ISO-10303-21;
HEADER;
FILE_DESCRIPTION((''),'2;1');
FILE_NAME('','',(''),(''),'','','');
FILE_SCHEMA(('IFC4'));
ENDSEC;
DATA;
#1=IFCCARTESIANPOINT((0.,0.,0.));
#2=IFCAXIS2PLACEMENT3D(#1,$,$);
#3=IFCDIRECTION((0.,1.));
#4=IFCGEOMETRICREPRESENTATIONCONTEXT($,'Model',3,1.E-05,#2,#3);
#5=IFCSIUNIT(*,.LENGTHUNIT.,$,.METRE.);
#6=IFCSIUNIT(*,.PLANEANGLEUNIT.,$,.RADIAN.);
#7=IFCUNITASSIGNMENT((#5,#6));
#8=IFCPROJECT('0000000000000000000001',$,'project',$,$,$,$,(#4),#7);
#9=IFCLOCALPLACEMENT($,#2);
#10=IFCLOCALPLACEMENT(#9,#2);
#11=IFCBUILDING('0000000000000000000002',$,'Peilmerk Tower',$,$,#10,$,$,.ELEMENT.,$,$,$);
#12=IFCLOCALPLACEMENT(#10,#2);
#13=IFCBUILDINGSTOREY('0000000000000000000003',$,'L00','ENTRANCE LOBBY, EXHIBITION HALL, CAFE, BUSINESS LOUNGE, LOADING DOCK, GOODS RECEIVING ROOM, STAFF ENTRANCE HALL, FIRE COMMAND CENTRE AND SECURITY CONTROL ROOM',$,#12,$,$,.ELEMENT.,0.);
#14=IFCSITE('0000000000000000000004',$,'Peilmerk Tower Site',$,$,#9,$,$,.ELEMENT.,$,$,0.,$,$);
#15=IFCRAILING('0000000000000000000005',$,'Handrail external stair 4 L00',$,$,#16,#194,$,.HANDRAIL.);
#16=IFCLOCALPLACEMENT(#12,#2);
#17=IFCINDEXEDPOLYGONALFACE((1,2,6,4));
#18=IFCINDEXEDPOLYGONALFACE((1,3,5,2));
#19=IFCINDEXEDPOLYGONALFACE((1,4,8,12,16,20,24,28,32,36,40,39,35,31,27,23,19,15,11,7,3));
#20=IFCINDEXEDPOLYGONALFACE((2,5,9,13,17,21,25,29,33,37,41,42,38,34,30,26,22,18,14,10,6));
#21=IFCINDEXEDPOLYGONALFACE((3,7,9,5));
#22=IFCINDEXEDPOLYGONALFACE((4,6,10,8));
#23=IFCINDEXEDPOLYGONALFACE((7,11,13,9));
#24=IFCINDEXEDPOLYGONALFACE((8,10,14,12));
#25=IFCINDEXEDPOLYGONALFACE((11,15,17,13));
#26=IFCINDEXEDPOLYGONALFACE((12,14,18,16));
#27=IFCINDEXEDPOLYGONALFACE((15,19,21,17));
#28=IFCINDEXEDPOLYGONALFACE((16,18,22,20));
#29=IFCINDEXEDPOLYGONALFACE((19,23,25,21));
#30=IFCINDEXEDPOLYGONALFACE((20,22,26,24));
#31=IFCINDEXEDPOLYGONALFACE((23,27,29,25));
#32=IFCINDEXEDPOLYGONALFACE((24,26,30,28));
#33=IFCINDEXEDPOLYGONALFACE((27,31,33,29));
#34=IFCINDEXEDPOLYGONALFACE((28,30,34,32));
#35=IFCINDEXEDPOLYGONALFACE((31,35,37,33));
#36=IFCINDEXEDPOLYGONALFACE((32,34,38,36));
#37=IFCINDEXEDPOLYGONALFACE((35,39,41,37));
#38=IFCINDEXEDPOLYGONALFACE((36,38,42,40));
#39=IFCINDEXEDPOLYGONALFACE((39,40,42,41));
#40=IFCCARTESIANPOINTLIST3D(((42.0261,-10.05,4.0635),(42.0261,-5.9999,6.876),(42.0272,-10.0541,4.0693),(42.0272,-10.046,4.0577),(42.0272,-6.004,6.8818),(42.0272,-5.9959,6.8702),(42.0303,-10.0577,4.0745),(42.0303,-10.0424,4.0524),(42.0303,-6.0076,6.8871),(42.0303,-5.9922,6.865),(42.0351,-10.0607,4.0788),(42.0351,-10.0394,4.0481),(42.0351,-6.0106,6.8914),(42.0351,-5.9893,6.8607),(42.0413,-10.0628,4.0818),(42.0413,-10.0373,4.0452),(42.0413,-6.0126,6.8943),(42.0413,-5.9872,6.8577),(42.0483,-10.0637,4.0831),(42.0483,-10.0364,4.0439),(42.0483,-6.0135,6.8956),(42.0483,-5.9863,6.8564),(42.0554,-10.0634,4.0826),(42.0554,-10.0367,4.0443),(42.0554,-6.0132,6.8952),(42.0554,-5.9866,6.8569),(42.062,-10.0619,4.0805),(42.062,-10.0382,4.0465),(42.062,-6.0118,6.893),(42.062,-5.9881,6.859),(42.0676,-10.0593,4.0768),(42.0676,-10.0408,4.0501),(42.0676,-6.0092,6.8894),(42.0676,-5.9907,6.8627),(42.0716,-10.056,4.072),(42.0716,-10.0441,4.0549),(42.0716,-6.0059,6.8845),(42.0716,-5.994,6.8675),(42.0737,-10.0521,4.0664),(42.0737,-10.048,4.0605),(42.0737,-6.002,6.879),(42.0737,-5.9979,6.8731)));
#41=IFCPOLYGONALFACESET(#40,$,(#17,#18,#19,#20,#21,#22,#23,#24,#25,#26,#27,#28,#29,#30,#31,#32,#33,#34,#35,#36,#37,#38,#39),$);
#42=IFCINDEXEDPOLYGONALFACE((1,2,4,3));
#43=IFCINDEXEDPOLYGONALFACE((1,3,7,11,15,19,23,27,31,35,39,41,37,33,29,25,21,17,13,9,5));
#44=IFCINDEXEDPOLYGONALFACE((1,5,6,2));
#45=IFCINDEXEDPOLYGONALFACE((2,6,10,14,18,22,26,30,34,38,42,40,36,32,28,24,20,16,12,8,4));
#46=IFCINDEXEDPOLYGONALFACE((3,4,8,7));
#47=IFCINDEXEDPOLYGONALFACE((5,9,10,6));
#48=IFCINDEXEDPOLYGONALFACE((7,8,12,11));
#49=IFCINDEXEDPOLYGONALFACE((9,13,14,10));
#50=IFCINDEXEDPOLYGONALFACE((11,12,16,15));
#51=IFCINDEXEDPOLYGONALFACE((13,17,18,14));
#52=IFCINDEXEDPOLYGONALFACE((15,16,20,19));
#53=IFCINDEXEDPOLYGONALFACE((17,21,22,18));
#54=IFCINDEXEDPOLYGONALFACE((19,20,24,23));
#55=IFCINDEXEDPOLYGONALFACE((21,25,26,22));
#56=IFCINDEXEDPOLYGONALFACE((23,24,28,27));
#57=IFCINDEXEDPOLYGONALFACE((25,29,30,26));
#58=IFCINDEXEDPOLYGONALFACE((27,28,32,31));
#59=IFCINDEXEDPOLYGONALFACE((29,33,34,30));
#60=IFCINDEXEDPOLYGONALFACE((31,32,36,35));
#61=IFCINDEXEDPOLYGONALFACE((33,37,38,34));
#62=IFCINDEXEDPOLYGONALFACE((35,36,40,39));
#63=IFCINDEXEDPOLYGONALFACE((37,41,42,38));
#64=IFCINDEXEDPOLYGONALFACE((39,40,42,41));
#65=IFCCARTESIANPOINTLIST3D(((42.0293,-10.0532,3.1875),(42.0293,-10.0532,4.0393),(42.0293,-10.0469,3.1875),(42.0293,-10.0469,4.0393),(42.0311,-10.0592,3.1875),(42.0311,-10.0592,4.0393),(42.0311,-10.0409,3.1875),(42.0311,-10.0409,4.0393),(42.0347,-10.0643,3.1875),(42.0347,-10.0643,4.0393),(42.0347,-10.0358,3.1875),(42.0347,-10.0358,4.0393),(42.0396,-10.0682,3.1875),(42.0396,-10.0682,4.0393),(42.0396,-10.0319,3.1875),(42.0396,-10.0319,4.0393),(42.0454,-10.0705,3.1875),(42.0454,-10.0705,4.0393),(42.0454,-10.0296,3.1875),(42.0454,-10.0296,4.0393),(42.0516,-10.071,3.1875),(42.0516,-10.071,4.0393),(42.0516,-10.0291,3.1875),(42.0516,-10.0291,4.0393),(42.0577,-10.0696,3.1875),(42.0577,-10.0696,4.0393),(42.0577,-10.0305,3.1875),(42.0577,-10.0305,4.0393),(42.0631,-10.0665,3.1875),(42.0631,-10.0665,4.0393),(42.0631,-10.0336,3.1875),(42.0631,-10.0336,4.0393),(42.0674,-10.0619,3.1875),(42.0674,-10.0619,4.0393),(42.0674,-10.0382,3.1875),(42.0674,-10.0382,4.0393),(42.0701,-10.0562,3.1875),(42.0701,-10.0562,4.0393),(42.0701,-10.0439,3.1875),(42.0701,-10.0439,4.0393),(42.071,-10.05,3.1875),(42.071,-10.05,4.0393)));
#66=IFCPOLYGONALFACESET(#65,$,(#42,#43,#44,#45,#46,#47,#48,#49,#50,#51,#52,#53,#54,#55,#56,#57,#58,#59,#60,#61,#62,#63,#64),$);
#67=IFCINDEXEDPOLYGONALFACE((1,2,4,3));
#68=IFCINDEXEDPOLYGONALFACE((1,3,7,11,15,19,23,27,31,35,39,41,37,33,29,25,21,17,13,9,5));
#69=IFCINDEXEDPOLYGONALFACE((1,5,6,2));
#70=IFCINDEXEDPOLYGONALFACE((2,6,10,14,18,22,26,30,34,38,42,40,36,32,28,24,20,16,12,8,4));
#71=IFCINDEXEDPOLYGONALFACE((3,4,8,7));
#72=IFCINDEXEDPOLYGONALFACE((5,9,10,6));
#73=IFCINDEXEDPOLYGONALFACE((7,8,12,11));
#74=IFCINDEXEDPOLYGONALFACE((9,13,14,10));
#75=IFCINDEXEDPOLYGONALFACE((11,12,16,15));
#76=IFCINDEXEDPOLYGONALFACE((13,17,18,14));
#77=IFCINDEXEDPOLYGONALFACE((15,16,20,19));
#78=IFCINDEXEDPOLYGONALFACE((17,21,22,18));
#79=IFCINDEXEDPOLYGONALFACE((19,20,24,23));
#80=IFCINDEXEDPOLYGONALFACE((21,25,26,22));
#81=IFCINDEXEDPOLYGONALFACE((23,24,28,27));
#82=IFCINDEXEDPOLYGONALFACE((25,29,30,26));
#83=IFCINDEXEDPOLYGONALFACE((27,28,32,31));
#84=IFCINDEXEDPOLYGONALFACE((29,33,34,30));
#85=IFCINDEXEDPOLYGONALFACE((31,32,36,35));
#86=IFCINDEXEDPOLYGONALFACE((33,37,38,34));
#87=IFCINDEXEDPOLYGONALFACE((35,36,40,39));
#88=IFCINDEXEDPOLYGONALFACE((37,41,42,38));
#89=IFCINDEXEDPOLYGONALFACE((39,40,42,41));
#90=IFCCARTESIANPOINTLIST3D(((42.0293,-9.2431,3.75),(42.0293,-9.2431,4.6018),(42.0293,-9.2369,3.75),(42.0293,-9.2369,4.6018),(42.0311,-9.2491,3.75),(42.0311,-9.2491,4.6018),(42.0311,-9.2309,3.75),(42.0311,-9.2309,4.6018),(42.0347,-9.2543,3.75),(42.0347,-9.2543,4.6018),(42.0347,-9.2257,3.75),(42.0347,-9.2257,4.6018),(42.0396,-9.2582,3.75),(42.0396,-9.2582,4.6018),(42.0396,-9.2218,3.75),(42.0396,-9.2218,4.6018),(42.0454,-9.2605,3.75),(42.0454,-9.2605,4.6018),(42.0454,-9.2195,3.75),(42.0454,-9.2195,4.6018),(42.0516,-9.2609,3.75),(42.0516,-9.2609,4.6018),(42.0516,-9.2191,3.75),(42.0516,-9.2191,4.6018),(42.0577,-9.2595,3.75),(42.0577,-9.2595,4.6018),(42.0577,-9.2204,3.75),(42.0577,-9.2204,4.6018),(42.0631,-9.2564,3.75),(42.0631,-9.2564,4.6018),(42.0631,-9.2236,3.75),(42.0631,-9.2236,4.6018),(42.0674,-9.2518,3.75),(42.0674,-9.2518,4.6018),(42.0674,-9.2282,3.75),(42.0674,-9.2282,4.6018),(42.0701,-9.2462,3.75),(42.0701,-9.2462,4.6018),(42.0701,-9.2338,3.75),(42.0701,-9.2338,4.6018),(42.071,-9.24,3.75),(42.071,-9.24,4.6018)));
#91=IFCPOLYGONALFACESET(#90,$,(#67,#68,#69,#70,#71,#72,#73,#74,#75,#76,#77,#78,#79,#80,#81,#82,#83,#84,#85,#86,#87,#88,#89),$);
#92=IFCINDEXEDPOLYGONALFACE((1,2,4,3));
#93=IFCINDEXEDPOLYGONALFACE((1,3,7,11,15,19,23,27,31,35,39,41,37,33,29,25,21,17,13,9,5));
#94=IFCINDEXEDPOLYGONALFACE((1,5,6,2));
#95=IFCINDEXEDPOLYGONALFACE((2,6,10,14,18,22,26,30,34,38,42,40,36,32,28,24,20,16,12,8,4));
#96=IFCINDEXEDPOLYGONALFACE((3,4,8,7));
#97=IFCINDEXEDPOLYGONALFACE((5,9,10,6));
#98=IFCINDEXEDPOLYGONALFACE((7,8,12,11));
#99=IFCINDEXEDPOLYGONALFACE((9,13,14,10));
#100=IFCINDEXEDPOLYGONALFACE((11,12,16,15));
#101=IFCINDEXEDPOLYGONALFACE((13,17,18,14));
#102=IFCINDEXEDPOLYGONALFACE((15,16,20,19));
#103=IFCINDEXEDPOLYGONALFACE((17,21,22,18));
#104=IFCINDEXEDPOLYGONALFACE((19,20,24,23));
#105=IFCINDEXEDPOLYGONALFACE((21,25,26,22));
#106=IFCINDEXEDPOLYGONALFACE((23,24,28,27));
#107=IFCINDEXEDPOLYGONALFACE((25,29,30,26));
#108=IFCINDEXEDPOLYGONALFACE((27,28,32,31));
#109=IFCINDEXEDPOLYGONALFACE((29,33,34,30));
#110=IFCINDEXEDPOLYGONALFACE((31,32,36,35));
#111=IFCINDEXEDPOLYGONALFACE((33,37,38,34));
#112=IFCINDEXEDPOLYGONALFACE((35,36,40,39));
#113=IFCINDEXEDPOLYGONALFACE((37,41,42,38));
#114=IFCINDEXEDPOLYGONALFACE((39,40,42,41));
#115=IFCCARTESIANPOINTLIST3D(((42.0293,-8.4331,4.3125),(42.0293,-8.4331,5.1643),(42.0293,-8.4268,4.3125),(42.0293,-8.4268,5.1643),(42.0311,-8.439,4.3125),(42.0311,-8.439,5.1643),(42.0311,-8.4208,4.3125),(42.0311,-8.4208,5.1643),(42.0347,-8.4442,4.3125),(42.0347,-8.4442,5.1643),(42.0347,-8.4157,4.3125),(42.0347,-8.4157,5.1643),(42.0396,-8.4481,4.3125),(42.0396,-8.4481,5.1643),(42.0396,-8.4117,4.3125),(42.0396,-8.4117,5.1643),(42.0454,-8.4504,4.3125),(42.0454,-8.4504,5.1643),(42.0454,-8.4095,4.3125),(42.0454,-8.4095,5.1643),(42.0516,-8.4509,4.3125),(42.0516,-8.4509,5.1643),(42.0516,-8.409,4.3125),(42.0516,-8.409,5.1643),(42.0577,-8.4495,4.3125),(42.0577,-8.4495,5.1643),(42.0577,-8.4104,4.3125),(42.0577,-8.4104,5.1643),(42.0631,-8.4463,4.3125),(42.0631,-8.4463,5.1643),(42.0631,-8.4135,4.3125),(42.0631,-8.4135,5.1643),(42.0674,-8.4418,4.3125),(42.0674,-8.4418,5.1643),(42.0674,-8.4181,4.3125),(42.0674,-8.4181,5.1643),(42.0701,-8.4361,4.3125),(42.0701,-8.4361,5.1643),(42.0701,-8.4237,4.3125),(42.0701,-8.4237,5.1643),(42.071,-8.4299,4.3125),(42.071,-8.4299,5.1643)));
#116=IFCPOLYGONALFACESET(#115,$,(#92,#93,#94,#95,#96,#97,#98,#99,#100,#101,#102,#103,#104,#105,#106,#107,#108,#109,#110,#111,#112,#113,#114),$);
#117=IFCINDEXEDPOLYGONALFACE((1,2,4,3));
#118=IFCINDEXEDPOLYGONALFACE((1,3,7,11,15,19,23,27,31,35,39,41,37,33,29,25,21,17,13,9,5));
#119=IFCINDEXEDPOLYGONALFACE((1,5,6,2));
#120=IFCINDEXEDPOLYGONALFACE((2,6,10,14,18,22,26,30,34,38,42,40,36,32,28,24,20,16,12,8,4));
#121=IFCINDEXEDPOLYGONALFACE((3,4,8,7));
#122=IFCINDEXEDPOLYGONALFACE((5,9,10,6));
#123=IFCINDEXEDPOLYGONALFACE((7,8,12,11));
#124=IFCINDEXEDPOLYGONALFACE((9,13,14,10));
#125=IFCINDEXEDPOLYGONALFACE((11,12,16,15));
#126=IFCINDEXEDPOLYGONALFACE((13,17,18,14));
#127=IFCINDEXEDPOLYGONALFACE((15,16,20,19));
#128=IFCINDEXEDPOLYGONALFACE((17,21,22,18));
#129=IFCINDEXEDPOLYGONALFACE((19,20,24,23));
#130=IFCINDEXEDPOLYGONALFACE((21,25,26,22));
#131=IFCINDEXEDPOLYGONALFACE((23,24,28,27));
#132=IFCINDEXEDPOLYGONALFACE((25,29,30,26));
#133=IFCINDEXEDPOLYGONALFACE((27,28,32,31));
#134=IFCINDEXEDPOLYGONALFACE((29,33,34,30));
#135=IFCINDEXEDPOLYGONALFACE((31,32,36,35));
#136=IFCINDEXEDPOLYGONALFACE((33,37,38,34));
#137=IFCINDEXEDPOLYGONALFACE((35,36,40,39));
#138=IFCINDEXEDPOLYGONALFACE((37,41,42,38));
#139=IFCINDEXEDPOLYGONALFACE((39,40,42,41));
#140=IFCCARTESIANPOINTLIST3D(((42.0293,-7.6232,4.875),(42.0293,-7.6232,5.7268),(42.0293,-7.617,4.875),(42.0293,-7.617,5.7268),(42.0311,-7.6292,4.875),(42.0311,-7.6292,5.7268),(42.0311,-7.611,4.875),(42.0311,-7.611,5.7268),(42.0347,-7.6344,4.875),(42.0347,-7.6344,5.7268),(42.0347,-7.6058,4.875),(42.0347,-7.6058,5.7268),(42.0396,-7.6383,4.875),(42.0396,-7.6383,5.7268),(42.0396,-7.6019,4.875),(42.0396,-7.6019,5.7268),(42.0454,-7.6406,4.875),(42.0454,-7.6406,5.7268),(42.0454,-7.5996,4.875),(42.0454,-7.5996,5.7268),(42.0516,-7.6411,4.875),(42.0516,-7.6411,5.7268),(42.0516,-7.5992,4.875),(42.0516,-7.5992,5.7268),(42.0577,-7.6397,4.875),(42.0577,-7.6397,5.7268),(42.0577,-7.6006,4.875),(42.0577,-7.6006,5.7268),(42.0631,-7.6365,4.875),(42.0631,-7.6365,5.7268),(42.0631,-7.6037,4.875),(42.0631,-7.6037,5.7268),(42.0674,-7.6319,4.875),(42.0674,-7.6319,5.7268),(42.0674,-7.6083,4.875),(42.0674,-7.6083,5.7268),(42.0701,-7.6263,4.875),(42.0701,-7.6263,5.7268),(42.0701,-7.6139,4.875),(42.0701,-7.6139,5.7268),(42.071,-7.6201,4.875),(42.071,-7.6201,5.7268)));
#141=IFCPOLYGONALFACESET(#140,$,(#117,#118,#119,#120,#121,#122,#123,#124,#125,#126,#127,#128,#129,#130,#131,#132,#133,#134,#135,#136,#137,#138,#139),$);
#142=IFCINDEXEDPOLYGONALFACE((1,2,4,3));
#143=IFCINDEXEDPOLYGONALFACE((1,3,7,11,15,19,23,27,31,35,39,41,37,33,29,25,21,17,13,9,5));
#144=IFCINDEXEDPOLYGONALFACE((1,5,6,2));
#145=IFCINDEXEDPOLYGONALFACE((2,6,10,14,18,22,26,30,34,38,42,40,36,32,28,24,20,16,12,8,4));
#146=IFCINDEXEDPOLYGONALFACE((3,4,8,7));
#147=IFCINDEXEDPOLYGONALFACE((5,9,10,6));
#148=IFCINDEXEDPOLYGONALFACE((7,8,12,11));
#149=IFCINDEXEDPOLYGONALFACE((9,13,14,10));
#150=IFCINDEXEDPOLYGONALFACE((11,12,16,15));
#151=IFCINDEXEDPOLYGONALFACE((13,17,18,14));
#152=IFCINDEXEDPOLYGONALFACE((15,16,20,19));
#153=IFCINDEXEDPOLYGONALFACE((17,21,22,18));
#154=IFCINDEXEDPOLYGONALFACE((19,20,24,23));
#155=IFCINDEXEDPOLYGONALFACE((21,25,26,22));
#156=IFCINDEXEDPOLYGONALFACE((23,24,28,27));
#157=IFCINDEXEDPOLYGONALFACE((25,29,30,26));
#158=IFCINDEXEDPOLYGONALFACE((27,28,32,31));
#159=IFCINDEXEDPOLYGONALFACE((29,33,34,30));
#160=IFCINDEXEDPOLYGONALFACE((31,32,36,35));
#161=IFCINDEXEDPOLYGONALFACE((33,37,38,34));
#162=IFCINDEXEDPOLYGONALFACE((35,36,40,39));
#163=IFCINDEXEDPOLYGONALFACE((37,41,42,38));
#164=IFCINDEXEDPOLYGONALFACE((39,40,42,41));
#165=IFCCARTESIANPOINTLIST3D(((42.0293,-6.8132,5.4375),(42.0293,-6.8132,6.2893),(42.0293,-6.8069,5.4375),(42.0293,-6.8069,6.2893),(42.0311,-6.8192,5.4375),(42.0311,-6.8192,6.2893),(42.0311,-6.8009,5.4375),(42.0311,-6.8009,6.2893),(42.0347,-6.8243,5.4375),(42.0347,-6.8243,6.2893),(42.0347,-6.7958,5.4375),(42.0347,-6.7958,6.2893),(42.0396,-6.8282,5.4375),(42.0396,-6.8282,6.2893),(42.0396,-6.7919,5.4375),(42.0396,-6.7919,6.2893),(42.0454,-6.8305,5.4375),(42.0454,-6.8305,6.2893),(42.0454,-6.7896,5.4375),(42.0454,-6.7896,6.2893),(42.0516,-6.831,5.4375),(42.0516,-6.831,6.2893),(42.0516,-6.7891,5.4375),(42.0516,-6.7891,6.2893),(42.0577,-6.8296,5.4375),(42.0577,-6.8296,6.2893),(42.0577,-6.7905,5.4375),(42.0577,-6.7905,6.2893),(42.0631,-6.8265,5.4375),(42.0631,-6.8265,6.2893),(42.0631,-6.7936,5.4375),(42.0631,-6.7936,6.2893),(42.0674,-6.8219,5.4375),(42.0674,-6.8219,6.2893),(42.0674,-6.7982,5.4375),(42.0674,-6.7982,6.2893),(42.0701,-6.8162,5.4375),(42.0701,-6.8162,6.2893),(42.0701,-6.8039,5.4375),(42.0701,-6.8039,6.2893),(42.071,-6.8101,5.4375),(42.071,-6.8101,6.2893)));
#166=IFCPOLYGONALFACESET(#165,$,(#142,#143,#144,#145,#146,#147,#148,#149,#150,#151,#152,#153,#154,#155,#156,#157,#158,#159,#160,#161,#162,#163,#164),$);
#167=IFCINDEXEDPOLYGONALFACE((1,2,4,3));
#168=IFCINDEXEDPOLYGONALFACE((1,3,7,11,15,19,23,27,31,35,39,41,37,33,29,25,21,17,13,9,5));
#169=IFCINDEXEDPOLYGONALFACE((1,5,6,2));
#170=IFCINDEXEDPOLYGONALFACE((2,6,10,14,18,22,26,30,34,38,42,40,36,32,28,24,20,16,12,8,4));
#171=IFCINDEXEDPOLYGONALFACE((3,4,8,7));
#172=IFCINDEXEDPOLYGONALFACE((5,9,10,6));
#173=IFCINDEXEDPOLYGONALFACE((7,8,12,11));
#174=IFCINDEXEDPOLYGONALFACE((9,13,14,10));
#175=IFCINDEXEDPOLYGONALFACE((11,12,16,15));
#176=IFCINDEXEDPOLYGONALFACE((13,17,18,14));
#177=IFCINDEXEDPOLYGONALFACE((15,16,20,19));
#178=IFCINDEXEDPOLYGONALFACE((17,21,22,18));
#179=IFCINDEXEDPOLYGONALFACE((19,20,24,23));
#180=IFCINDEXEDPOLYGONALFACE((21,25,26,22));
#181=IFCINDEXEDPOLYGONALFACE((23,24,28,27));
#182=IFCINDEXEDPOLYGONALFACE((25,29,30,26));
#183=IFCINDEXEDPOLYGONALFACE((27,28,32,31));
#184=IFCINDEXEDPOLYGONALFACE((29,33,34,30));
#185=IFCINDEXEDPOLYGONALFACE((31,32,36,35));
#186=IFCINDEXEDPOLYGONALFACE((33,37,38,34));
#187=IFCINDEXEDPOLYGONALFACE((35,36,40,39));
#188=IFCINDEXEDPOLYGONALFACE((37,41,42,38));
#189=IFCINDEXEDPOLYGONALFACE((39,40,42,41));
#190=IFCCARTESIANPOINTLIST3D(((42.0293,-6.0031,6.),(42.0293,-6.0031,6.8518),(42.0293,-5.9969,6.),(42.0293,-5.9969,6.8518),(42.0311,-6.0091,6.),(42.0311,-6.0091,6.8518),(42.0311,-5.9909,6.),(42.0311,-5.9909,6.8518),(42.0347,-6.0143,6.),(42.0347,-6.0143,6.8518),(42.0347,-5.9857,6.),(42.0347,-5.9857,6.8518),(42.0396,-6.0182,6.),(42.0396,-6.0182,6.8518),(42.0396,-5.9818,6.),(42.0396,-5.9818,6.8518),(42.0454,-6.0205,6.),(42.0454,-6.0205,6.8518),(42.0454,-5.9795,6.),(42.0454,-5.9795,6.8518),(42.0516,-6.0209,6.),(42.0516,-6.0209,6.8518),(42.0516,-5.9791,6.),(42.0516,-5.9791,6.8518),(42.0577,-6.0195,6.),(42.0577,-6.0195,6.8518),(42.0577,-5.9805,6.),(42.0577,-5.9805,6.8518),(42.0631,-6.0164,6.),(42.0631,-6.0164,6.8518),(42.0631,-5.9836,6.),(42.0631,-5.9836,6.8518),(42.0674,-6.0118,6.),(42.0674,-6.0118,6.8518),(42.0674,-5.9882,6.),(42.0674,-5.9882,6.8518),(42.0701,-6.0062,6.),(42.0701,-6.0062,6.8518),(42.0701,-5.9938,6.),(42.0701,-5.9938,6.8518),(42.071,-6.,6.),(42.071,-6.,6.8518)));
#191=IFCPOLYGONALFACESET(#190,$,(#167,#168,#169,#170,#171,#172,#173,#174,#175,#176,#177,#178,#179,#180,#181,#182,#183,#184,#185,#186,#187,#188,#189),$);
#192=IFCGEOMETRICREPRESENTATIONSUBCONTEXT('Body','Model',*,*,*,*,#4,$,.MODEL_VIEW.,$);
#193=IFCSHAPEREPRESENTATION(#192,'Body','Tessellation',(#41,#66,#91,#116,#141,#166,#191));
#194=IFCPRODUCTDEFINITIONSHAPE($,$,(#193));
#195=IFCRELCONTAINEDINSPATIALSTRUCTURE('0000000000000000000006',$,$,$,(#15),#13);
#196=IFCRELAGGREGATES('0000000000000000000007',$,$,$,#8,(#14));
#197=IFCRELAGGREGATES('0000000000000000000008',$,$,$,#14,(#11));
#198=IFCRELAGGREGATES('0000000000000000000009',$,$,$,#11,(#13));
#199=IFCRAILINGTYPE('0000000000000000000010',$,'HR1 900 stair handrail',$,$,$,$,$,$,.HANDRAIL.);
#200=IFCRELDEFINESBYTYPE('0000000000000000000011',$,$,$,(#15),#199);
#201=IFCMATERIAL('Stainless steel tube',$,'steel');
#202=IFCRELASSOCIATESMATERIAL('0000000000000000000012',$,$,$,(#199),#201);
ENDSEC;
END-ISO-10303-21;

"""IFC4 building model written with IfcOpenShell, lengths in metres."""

from ifc_helpers import new_model, si_unit, direction, frame, origin, origin_2d, place, context, subcontext, project, spatial, circle, extrude, material, type_object, element, save


model = new_model("IFC4")

# Units and contexts
model_context = context("Model", 3, precision=1e-05, world=origin(), true_north=direction((0.0, 1.0)))
body_context = subcontext(model_context, "Body", "Model", "MODEL_VIEW")
ifc_project = project(units=[si_unit("LENGTHUNIT", "METRE"), si_unit("PLANEANGLEUNIT", "RADIAN")], contexts=[model_context])

# Site, building, storey
site_placement = place(None, origin())
site = spatial("IfcSite", under=ifc_project, at=site_placement, Name="Peilmerk Tower Site", CompositionType="ELEMENT", RefElevation=0.0)
building_placement = place(site_placement, origin())
building = spatial("IfcBuilding", under=site, at=building_placement, Name="Peilmerk Tower", CompositionType="ELEMENT")
storey_placement = place(building_placement, origin())
storey = spatial("IfcBuildingStorey", under=building, at=storey_placement, Name="L00", Description="ENTRANCE LOBBY, EXHIBITION HALL, CAFE, BUSINESS LOUNGE, LOADING DOCK, GOODS RECEIVING ROOM, STAFF ENTRANCE HALL, FIRE COMMAND CENTRE AND SECURITY CONTROL ROOM", CompositionType="ELEMENT", Elevation=0.0)

# Railing
ifc_material_1 = material(Name="Stainless steel tube", Category="steel")
railing_type_1 = type_object("IfcRailingType", Name="HR1 900 stair handrail", PredefinedType="HANDRAIL", material=ifc_material_1)
railing_1_placement = place(storey_placement, frame((42.05, -10.05, 3.1875)))
element("IfcRailing", 1, at=railing_1_placement, inside=storey, type_object=railing_type_1, Name="Handrail external stair 4 L00", PredefinedType="HANDRAIL", context=body_context, shape_type="SweptSolid", body=[
    extrude(circle(Radius=0.0239, at=origin_2d()), frame((0.0, 0.0, 0.876), z_axis=(0.0, 0.821373, 0.570391), x_axis=(-1.0, 0.0, 0.0)), (0.0, 0.0, 1.0), 4.9309),
    extrude(circle(Radius=0.021, at=origin_2d()), origin(), (0.0, 0.0, 1.0), 0.8518),
    extrude(circle(Radius=0.021, at=origin_2d()), frame((0.0, 0.8101, 0.5625)), (0.0, 0.0, 1.0), 0.8518),
    extrude(circle(Radius=0.021, at=origin_2d()), frame((0.0, 1.6201, 1.125)), (0.0, 0.0, 1.0), 0.8518),
    extrude(circle(Radius=0.021, at=origin_2d()), frame((0.0, 2.4299, 1.6875)), (0.0, 0.0, 1.0), 0.8518),
    extrude(circle(Radius=0.021, at=origin_2d()), frame((0.0, 3.24, 2.25)), (0.0, 0.0, 1.0), 0.8518),
    extrude(circle(Radius=0.021, at=origin_2d()), frame((0.0, 4.05, 2.8125)), (0.0, 0.0, 1.0), 0.8518),
])

save(model, "model.ifc")
